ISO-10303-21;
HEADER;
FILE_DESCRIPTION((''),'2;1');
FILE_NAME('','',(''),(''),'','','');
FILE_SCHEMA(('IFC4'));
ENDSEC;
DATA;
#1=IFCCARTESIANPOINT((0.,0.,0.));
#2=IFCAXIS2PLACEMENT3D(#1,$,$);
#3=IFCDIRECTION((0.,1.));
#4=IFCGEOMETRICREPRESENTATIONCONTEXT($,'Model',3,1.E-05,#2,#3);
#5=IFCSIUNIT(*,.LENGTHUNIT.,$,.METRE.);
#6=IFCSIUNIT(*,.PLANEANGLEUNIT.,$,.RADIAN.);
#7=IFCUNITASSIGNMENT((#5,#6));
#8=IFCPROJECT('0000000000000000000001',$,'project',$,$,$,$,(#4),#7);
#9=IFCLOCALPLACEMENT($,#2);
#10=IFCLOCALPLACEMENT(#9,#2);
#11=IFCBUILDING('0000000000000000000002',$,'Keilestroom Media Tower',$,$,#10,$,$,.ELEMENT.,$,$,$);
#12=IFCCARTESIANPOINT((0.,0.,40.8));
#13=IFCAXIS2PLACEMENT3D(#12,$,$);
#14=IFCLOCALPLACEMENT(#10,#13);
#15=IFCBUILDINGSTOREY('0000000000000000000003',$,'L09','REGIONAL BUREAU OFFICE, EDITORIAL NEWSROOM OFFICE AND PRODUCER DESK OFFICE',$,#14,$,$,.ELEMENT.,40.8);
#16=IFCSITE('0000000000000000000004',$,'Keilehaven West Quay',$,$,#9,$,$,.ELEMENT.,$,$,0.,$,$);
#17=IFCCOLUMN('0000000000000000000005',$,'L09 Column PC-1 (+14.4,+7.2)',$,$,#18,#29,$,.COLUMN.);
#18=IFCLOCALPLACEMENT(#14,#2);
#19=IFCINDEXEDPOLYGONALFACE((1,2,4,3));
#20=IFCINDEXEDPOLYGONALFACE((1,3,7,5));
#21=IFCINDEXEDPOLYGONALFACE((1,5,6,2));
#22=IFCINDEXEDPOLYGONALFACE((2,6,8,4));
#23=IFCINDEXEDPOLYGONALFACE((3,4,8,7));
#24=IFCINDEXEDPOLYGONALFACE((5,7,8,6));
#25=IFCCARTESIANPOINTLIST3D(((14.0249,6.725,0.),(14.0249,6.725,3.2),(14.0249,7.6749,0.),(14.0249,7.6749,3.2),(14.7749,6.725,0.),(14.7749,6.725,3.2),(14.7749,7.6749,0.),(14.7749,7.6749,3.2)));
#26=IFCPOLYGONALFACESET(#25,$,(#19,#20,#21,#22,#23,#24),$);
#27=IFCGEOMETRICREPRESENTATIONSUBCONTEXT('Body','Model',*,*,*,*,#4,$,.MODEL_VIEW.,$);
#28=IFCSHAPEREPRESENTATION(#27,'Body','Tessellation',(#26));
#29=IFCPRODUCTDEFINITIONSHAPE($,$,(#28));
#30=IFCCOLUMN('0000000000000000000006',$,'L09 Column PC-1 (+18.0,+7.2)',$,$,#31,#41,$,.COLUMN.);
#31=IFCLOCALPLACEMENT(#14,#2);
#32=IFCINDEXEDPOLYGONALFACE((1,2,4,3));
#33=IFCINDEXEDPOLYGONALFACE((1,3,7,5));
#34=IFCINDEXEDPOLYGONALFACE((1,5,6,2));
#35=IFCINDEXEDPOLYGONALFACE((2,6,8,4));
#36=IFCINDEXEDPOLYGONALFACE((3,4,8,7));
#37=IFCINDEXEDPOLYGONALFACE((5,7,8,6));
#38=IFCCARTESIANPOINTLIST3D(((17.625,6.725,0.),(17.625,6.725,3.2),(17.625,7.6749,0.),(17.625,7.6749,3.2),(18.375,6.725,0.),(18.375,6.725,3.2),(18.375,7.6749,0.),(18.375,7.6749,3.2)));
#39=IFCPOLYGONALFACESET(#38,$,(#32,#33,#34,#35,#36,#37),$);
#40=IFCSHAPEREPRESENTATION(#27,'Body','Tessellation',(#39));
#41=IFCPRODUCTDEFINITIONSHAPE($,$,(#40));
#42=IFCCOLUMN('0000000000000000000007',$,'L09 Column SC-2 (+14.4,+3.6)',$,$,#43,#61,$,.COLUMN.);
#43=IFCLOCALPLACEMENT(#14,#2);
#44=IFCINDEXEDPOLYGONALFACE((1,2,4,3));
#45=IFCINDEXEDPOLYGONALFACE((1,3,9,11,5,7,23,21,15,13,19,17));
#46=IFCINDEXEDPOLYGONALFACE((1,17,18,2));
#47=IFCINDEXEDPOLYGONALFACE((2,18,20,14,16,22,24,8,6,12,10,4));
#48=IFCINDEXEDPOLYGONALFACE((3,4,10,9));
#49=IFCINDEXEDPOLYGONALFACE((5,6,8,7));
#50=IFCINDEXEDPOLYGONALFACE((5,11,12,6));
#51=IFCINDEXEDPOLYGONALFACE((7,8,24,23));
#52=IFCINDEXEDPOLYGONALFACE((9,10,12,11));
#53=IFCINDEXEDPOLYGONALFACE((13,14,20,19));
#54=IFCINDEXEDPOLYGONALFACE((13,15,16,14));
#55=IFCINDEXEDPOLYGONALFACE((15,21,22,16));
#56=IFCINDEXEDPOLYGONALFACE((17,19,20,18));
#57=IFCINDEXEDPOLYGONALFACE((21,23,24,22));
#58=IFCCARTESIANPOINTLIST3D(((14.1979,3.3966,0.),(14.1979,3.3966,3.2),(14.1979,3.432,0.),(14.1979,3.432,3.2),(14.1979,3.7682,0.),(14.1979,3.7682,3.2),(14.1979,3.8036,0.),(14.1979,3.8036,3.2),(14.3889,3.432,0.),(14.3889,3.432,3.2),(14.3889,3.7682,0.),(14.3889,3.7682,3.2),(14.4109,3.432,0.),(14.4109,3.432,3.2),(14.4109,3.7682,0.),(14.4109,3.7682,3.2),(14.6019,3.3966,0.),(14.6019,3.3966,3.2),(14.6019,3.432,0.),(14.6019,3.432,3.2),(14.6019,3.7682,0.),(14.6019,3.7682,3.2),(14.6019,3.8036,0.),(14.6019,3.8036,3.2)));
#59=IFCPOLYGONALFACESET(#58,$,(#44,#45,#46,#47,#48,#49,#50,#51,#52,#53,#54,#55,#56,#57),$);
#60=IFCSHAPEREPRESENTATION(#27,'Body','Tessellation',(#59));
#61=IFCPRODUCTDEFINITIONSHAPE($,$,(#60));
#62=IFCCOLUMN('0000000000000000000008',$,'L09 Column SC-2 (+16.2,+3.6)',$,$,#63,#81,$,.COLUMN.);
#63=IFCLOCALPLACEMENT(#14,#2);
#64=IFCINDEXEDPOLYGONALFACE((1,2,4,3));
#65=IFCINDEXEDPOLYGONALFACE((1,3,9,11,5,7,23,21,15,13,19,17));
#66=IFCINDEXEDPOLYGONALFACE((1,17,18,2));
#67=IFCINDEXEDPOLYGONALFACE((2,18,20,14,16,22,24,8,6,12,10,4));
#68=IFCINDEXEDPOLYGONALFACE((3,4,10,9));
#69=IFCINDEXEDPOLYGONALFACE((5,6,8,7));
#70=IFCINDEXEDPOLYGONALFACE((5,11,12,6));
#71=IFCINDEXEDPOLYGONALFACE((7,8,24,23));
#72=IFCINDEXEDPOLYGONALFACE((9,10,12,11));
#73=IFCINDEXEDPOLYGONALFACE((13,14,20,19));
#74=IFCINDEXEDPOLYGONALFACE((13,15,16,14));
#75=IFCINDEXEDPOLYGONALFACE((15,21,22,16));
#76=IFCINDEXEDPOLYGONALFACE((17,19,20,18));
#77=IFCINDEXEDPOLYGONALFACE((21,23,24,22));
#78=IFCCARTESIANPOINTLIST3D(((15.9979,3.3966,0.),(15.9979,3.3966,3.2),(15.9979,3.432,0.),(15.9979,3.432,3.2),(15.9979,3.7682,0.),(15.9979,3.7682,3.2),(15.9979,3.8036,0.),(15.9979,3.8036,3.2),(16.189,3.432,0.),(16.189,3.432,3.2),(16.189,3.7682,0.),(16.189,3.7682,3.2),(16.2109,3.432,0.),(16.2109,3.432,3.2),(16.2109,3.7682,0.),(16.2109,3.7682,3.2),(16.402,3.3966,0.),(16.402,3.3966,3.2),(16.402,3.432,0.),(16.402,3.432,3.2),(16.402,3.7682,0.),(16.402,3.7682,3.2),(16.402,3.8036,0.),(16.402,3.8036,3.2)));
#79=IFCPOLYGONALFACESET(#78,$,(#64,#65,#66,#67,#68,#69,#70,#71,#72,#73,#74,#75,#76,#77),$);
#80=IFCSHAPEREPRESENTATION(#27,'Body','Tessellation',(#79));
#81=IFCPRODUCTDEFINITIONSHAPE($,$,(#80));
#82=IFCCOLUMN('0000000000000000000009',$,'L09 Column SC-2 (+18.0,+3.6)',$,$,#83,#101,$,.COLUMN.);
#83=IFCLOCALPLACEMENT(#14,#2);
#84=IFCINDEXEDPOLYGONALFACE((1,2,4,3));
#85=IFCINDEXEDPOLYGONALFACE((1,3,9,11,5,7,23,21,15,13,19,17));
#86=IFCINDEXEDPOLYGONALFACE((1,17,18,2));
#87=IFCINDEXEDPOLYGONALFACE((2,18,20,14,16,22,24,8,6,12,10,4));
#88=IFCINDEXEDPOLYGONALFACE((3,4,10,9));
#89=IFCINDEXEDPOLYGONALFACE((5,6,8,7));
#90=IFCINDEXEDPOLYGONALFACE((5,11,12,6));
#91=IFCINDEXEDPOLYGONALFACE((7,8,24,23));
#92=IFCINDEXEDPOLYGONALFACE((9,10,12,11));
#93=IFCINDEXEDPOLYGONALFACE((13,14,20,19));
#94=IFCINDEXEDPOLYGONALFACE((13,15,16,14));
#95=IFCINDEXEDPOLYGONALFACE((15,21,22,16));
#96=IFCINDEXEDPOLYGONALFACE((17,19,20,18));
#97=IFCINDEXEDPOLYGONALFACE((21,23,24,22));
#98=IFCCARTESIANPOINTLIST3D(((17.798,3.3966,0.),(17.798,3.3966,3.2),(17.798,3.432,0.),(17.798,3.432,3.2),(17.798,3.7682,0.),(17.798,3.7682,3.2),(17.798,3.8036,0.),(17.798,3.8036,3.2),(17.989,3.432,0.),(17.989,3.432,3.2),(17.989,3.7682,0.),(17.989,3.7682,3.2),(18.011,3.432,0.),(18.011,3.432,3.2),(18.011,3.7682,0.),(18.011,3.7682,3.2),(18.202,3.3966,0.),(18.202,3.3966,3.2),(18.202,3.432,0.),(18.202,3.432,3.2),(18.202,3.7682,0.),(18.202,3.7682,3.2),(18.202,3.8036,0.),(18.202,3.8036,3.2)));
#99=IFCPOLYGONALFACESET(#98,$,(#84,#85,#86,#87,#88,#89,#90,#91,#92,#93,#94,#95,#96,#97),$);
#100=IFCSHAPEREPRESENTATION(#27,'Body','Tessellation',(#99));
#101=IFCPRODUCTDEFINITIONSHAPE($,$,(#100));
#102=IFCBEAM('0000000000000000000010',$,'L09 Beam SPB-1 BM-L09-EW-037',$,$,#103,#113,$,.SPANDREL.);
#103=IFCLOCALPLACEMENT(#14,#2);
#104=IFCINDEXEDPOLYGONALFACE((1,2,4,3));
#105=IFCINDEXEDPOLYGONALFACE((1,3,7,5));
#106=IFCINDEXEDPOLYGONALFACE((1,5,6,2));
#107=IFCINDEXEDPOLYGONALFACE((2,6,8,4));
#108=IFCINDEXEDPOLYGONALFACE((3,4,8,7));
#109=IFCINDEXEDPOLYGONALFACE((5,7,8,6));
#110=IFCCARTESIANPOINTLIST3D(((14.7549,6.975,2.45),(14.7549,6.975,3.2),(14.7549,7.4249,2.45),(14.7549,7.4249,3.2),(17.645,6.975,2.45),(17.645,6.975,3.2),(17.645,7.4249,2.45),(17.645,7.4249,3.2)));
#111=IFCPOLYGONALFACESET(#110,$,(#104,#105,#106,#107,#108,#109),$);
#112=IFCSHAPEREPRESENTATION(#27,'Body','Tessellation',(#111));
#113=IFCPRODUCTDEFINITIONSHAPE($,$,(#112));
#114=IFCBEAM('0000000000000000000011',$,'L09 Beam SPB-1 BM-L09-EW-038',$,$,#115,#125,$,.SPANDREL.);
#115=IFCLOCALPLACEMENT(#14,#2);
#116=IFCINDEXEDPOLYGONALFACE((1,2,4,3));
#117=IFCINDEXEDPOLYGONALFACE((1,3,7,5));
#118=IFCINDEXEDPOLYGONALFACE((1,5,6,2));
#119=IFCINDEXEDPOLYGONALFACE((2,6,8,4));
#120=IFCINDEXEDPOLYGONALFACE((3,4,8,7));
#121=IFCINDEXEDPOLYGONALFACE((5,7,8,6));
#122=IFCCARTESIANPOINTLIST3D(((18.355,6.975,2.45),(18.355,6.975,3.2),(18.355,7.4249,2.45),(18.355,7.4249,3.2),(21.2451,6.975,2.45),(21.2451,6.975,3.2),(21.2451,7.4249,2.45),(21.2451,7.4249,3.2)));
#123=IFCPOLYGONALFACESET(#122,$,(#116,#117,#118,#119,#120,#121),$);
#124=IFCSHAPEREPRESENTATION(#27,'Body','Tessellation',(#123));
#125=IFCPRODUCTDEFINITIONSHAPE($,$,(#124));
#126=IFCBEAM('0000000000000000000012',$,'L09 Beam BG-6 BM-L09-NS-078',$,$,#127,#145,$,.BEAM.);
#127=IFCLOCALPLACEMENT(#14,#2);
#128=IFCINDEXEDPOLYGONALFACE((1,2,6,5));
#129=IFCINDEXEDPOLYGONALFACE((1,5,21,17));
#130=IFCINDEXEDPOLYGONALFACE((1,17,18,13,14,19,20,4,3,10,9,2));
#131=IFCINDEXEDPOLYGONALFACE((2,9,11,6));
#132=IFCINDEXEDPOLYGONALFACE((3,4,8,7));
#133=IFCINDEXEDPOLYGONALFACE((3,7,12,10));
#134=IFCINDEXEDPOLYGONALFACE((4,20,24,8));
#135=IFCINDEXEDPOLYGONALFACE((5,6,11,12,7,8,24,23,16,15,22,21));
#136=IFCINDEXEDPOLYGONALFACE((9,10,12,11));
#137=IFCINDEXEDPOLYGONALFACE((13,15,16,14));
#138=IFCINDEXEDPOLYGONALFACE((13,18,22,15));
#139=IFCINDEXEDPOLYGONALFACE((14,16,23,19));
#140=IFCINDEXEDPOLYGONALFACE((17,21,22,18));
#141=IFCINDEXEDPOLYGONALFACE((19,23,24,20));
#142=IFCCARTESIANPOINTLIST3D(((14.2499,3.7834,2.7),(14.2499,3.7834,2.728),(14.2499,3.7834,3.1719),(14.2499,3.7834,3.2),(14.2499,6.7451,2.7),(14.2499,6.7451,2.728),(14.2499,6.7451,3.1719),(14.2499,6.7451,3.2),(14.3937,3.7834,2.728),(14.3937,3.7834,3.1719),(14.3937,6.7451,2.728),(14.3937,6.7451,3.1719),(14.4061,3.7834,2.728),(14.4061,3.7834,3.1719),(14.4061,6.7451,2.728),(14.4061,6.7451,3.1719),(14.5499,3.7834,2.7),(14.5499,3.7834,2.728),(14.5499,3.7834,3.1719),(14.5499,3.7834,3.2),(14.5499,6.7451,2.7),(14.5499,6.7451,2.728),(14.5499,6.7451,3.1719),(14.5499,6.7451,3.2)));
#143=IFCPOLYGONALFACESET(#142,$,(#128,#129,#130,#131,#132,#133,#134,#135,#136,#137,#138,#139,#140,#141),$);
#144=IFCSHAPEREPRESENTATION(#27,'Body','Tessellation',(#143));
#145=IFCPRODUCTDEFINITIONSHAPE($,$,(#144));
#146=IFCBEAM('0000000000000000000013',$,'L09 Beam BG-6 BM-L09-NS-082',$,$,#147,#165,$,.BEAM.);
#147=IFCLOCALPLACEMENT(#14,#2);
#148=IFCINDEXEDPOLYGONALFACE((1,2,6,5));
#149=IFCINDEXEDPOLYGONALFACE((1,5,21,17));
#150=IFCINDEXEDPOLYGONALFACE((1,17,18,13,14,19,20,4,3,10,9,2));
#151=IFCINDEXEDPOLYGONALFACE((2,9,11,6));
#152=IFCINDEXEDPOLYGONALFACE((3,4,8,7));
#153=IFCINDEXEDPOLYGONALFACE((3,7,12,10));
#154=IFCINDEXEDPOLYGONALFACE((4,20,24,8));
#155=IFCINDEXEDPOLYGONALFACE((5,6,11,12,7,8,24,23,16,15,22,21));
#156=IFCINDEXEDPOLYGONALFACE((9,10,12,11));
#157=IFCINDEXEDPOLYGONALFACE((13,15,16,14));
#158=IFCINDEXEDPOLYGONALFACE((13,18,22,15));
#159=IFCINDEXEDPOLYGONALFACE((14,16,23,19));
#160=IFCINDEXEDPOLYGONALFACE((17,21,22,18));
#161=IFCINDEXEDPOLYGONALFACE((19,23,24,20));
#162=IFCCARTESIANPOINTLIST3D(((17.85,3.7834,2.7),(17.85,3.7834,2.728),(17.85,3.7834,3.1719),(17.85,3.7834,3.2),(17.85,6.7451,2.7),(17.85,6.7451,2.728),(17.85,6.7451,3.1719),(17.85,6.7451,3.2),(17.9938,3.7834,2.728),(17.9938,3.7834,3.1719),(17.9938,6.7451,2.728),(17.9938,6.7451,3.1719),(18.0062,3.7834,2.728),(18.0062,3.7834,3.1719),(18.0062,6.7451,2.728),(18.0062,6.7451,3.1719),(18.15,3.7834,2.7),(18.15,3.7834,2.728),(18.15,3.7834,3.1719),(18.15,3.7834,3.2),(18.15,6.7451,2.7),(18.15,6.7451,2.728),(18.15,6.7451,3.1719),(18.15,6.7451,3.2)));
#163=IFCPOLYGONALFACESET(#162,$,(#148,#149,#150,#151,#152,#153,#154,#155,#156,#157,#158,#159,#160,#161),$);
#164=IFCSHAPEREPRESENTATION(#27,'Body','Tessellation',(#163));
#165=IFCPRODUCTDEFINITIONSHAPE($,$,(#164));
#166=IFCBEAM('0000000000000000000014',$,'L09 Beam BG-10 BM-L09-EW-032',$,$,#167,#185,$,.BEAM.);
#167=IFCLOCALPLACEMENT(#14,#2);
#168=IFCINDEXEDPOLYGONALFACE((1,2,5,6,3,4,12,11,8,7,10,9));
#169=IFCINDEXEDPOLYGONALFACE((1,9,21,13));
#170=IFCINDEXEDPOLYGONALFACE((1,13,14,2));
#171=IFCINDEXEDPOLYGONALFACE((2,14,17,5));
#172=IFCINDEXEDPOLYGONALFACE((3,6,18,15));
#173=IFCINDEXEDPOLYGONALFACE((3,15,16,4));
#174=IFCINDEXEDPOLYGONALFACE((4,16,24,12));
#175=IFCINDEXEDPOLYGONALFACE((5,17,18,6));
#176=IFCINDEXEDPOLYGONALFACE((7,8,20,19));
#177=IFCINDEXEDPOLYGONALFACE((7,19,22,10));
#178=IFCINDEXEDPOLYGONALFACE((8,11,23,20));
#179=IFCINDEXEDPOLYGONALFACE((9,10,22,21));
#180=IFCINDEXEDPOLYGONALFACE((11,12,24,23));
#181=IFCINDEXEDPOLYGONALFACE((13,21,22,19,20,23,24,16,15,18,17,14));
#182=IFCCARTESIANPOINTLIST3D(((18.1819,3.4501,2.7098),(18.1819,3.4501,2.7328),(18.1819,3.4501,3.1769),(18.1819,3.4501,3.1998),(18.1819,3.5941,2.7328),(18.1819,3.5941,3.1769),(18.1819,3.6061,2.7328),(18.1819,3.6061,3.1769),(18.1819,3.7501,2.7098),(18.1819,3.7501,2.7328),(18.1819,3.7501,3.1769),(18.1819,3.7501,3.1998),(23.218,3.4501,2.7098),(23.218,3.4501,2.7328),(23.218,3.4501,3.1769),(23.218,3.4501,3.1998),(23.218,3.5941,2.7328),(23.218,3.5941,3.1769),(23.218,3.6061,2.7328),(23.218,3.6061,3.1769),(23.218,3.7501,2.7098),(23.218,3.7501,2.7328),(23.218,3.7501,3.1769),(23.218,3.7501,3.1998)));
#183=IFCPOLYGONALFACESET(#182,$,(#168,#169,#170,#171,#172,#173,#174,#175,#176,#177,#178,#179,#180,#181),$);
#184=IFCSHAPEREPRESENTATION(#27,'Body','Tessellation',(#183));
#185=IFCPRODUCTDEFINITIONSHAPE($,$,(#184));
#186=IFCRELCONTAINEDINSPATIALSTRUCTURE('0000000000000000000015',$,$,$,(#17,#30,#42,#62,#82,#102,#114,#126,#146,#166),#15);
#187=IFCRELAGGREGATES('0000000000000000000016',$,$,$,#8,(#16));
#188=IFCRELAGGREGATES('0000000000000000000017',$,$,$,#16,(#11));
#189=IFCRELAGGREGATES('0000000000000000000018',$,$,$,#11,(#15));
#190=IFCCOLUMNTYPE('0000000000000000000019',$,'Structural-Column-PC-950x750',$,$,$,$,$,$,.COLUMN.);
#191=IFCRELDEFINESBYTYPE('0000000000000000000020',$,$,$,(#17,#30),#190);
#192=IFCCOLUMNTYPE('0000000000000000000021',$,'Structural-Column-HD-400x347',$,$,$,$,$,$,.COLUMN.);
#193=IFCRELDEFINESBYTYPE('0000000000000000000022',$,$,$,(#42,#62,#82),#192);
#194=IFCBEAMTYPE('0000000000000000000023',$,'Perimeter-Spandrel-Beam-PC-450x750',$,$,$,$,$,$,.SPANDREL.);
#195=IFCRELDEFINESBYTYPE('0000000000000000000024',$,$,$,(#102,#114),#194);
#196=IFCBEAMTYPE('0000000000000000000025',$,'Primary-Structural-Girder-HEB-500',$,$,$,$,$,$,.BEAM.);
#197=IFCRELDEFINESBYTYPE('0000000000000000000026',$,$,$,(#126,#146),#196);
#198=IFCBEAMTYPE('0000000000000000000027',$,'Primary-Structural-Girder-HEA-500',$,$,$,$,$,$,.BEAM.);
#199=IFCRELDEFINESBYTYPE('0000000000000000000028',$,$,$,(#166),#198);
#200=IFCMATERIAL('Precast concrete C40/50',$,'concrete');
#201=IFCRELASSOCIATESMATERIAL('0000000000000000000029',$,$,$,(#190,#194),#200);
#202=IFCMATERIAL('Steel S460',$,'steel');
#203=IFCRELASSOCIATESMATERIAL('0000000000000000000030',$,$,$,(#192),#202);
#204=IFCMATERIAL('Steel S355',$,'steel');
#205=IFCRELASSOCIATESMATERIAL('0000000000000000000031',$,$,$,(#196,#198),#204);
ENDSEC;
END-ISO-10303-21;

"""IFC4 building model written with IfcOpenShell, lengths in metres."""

from ifc_helpers import new_model, si_unit, direction, frame, origin, origin_2d, place, context, subcontext, project, spatial, rectangle, i_section, extrude, source, transform, mapped, material, material_profile, profile_set, type_object, element, save


model = new_model("IFC4")

# Units and contexts
model_context = context("Model", 3, precision=1e-05, world=origin(), true_north=direction((0.0, 1.0)))
body_context = subcontext(model_context, "Body", "Model", "MODEL_VIEW")
ifc_project = project(units=[si_unit("LENGTHUNIT", "METRE"), si_unit("PLANEANGLEUNIT", "RADIAN")], contexts=[model_context])

# Site, building, storey
site_placement = place(None, origin())
site = spatial("IfcSite", under=ifc_project, at=site_placement, Name="Keilehaven West Quay", CompositionType="ELEMENT", RefElevation=0.0)
building_placement = place(site_placement, origin())
building = spatial("IfcBuilding", under=site, at=building_placement, Name="Keilestroom Media Tower", CompositionType="ELEMENT")
storey_placement = place(building_placement, frame((0.0, 0.0, 40.8)))
storey = spatial("IfcBuildingStorey", under=building, at=storey_placement, Name="L09", Description="REGIONAL BUREAU OFFICE, EDITORIAL NEWSROOM OFFICE AND PRODUCER DESK OFFICE", CompositionType="ELEMENT", Elevation=40.8)

# Columns
ifc_material_1 = material(Name="Precast concrete C40/50", Category="concrete")
ifc_material_profile_1 = material_profile(ifc_material_1, rectangle(XDim=0.75, YDim=0.95, at=origin_2d()), Name="PC 950x750")
ifc_profile_set_1 = profile_set([ifc_material_profile_1], Name="Precast concrete C40/50")
column_type_1 = type_object("IfcColumnType", Name="Structural-Column-PC-950x750", PredefinedType="COLUMN", material=ifc_profile_set_1)
shared_shape_1 = source(origin(), body_context, "Body", "SweptSolid", [
    extrude(rectangle(XDim=0.75, YDim=0.95, at=origin_2d()), origin(), (0.0, 0.0, 1.0), 3.2),
])
for number, where, z_axis, x_axis, name in (
    (1, (14.3999, 7.2, 0.0), (0.0, 0.0, 1.0), (1.0, 0.0, 0.0), "L09 Column PC-1 (+14.4,+7.2)"),
    (2, (18.0, 7.2, 0.0), (0.0, 0.0, 1.0), (1.0, 0.0, 0.0), "L09 Column PC-1 (+18.0,+7.2)"),
):
    element("IfcColumn", number, at=place(storey_placement, frame(where, z_axis=z_axis, x_axis=x_axis)), inside=storey, type_object=column_type_1, Name=name, PredefinedType="COLUMN", context=body_context, shape_type="MappedRepresentation", body=[
        mapped(shared_shape_1, transform((0.0, 0.0, 0.0), x_axis=(1.0, 0.0, 0.0), y_axis=(0.0, 1.0, 0.0), z_axis=(0.0, 0.0, 1.0), scale=1.0)),
    ])
ifc_material_2 = material(Name="Steel S460", Category="steel")
ifc_material_profile_2 = material_profile(ifc_material_2, i_section(OverallWidth=0.4041, OverallDepth=0.407, WebThickness=0.022, FlangeThickness=0.0354, at=origin_2d()), Name="HD 400x347")
ifc_profile_set_2 = profile_set([ifc_material_profile_2], Name="Steel S460")
column_type_2 = type_object("IfcColumnType", Name="Structural-Column-HD-400x347", PredefinedType="COLUMN", material=ifc_profile_set_2)
shared_shape_2 = source(origin(), body_context, "Body", "SweptSolid", [
    extrude(i_section(OverallWidth=0.4041, OverallDepth=0.407, WebThickness=0.022, FlangeThickness=0.0354, at=origin_2d()), origin(), (0.0, 0.0, 1.0), 3.2),
])
for number, where, z_axis, x_axis, name in (
    (3, (14.3999, 3.6001, 0.0), (0.0, 0.0, 1.0), (1.0, 0.0, 0.0), "L09 Column SC-2 (+14.4,+3.6)"),
    (4, (16.2, 3.6001, 0.0), (0.0, 0.0, 1.0), (1.0, 0.0, 0.0), "L09 Column SC-2 (+16.2,+3.6)"),
    (5, (18.0, 3.6001, 0.0), (0.0, 0.0, 1.0), (1.0, 0.0, 0.0), "L09 Column SC-2 (+18.0,+3.6)"),
):
    element("IfcColumn", number, at=place(storey_placement, frame(where, z_axis=z_axis, x_axis=x_axis)), inside=storey, type_object=column_type_2, Name=name, PredefinedType="COLUMN", context=body_context, shape_type="MappedRepresentation", body=[
        mapped(shared_shape_2, transform((0.0, 0.0, 0.0), x_axis=(1.0, 0.0, 0.0), y_axis=(0.0, 1.0, 0.0), z_axis=(0.0, 0.0, 1.0), scale=1.0)),
    ])

# Beams
ifc_material_profile_3 = material_profile(ifc_material_1, rectangle(XDim=0.45, YDim=0.75, at=origin_2d()), Name="PC 450x750")
ifc_profile_set_3 = profile_set([ifc_material_profile_3], Name="Precast concrete C40/50")
beam_type_1 = type_object("IfcBeamType", Name="Perimeter-Spandrel-Beam-PC-450x750", PredefinedType="SPANDREL", material=ifc_profile_set_3)
shared_shape_3 = source(origin(), body_context, "Body", "SweptSolid", [
    extrude(rectangle(XDim=0.45, YDim=0.75, at=origin_2d()), origin(), (0.0, 0.0, 1.0), 2.8901),
])
for number, where, z_axis, x_axis, name in (
    (6, (14.7549, 7.2, 2.825), (1.0, 0.0, 0.0), (0.0, 1.0, 0.0), "L09 Beam SPB-1 BM-L09-EW-037"),
    (7, (18.355, 7.2, 2.825), (1.0, 0.0, 0.0), (0.0, 1.0, 0.0), "L09 Beam SPB-1 BM-L09-EW-038"),
):
    element("IfcBeam", number, at=place(storey_placement, frame(where, z_axis=z_axis, x_axis=x_axis)), inside=storey, type_object=beam_type_1, Name=name, PredefinedType="SPANDREL", context=body_context, shape_type="MappedRepresentation", body=[
        mapped(shared_shape_3, transform((0.0, 0.0, 0.0), x_axis=(1.0, 0.0, 0.0), y_axis=(0.0, 1.0, 0.0), z_axis=(0.0, 0.0, 1.0), scale=1.0)),
    ])
ifc_material_3 = material(Name="Steel S355", Category="steel")
ifc_material_profile_4 = material_profile(ifc_material_3, i_section(OverallWidth=0.3, OverallDepth=0.5, WebThickness=0.0125, FlangeThickness=0.0281, at=origin_2d()), Name="HEB 500")
ifc_profile_set_4 = profile_set([ifc_material_profile_4], Name="Steel S355")
beam_type_2 = type_object("IfcBeamType", Name="Primary-Structural-Girder-HEB-500", PredefinedType="BEAM", material=ifc_profile_set_4)
shared_shape_4 = source(origin(), body_context, "Body", "SweptSolid", [
    extrude(i_section(OverallWidth=0.3, OverallDepth=0.5, WebThickness=0.0125, FlangeThickness=0.0281, at=origin_2d()), origin(), (0.0, 0.0, 1.0), 2.9617),
])
for number, where, z_axis, x_axis, name in (
    (8, (14.3999, 3.7834, 2.95), (0.0, 1.0, 0.0), (-1.0, 0.0, 0.0), "L09 Beam BG-6 BM-L09-NS-078"),
    (9, (18.0, 3.7834, 2.95), (0.0, 1.0, 0.0), (-1.0, 0.0, 0.0), "L09 Beam BG-6 BM-L09-NS-082"),
):
    element("IfcBeam", number, at=place(storey_placement, frame(where, z_axis=z_axis, x_axis=x_axis)), inside=storey, type_object=beam_type_2, Name=name, PredefinedType="BEAM", context=body_context, shape_type="MappedRepresentation", body=[
        mapped(shared_shape_4, transform((0.0, 0.0, 0.0), x_axis=(1.0, 0.0, 0.0), y_axis=(0.0, 1.0, 0.0), z_axis=(0.0, 0.0, 1.0), scale=1.0)),
    ])
ifc_material_profile_5 = material_profile(ifc_material_3, i_section(OverallWidth=0.3, OverallDepth=0.49, WebThickness=0.012, FlangeThickness=0.0229, at=origin_2d()), Name="HEA 500")
ifc_profile_set_5 = profile_set([ifc_material_profile_5], Name="Steel S355")
beam_type_3 = type_object("IfcBeamType", Name="Primary-Structural-Girder-HEA-500", PredefinedType="BEAM", material=ifc_profile_set_5)
shared_shape_5 = source(origin(), body_context, "Body", "SweptSolid", [
    extrude(i_section(OverallWidth=0.3, OverallDepth=0.49, WebThickness=0.012, FlangeThickness=0.0229, at=origin_2d()), origin(), (0.0, 0.0, 1.0), 5.0361),
])
beam_placement = place(storey_placement, frame((18.1819, 3.6001, 2.9548), z_axis=(1.0, 0.0, 0.0), x_axis=(0.0, 1.0, 0.0)))
element("IfcBeam", 10, at=beam_placement, inside=storey, type_object=beam_type_3, Name="L09 Beam BG-10 BM-L09-EW-032", PredefinedType="BEAM", context=body_context, shape_type="MappedRepresentation", body=[
    mapped(shared_shape_5, transform((0.0, 0.0, 0.0), x_axis=(1.0, 0.0, 0.0), y_axis=(0.0, 1.0, 0.0), z_axis=(0.0, 0.0, 1.0), scale=1.0)),
])

save(model, "model.ifc")
